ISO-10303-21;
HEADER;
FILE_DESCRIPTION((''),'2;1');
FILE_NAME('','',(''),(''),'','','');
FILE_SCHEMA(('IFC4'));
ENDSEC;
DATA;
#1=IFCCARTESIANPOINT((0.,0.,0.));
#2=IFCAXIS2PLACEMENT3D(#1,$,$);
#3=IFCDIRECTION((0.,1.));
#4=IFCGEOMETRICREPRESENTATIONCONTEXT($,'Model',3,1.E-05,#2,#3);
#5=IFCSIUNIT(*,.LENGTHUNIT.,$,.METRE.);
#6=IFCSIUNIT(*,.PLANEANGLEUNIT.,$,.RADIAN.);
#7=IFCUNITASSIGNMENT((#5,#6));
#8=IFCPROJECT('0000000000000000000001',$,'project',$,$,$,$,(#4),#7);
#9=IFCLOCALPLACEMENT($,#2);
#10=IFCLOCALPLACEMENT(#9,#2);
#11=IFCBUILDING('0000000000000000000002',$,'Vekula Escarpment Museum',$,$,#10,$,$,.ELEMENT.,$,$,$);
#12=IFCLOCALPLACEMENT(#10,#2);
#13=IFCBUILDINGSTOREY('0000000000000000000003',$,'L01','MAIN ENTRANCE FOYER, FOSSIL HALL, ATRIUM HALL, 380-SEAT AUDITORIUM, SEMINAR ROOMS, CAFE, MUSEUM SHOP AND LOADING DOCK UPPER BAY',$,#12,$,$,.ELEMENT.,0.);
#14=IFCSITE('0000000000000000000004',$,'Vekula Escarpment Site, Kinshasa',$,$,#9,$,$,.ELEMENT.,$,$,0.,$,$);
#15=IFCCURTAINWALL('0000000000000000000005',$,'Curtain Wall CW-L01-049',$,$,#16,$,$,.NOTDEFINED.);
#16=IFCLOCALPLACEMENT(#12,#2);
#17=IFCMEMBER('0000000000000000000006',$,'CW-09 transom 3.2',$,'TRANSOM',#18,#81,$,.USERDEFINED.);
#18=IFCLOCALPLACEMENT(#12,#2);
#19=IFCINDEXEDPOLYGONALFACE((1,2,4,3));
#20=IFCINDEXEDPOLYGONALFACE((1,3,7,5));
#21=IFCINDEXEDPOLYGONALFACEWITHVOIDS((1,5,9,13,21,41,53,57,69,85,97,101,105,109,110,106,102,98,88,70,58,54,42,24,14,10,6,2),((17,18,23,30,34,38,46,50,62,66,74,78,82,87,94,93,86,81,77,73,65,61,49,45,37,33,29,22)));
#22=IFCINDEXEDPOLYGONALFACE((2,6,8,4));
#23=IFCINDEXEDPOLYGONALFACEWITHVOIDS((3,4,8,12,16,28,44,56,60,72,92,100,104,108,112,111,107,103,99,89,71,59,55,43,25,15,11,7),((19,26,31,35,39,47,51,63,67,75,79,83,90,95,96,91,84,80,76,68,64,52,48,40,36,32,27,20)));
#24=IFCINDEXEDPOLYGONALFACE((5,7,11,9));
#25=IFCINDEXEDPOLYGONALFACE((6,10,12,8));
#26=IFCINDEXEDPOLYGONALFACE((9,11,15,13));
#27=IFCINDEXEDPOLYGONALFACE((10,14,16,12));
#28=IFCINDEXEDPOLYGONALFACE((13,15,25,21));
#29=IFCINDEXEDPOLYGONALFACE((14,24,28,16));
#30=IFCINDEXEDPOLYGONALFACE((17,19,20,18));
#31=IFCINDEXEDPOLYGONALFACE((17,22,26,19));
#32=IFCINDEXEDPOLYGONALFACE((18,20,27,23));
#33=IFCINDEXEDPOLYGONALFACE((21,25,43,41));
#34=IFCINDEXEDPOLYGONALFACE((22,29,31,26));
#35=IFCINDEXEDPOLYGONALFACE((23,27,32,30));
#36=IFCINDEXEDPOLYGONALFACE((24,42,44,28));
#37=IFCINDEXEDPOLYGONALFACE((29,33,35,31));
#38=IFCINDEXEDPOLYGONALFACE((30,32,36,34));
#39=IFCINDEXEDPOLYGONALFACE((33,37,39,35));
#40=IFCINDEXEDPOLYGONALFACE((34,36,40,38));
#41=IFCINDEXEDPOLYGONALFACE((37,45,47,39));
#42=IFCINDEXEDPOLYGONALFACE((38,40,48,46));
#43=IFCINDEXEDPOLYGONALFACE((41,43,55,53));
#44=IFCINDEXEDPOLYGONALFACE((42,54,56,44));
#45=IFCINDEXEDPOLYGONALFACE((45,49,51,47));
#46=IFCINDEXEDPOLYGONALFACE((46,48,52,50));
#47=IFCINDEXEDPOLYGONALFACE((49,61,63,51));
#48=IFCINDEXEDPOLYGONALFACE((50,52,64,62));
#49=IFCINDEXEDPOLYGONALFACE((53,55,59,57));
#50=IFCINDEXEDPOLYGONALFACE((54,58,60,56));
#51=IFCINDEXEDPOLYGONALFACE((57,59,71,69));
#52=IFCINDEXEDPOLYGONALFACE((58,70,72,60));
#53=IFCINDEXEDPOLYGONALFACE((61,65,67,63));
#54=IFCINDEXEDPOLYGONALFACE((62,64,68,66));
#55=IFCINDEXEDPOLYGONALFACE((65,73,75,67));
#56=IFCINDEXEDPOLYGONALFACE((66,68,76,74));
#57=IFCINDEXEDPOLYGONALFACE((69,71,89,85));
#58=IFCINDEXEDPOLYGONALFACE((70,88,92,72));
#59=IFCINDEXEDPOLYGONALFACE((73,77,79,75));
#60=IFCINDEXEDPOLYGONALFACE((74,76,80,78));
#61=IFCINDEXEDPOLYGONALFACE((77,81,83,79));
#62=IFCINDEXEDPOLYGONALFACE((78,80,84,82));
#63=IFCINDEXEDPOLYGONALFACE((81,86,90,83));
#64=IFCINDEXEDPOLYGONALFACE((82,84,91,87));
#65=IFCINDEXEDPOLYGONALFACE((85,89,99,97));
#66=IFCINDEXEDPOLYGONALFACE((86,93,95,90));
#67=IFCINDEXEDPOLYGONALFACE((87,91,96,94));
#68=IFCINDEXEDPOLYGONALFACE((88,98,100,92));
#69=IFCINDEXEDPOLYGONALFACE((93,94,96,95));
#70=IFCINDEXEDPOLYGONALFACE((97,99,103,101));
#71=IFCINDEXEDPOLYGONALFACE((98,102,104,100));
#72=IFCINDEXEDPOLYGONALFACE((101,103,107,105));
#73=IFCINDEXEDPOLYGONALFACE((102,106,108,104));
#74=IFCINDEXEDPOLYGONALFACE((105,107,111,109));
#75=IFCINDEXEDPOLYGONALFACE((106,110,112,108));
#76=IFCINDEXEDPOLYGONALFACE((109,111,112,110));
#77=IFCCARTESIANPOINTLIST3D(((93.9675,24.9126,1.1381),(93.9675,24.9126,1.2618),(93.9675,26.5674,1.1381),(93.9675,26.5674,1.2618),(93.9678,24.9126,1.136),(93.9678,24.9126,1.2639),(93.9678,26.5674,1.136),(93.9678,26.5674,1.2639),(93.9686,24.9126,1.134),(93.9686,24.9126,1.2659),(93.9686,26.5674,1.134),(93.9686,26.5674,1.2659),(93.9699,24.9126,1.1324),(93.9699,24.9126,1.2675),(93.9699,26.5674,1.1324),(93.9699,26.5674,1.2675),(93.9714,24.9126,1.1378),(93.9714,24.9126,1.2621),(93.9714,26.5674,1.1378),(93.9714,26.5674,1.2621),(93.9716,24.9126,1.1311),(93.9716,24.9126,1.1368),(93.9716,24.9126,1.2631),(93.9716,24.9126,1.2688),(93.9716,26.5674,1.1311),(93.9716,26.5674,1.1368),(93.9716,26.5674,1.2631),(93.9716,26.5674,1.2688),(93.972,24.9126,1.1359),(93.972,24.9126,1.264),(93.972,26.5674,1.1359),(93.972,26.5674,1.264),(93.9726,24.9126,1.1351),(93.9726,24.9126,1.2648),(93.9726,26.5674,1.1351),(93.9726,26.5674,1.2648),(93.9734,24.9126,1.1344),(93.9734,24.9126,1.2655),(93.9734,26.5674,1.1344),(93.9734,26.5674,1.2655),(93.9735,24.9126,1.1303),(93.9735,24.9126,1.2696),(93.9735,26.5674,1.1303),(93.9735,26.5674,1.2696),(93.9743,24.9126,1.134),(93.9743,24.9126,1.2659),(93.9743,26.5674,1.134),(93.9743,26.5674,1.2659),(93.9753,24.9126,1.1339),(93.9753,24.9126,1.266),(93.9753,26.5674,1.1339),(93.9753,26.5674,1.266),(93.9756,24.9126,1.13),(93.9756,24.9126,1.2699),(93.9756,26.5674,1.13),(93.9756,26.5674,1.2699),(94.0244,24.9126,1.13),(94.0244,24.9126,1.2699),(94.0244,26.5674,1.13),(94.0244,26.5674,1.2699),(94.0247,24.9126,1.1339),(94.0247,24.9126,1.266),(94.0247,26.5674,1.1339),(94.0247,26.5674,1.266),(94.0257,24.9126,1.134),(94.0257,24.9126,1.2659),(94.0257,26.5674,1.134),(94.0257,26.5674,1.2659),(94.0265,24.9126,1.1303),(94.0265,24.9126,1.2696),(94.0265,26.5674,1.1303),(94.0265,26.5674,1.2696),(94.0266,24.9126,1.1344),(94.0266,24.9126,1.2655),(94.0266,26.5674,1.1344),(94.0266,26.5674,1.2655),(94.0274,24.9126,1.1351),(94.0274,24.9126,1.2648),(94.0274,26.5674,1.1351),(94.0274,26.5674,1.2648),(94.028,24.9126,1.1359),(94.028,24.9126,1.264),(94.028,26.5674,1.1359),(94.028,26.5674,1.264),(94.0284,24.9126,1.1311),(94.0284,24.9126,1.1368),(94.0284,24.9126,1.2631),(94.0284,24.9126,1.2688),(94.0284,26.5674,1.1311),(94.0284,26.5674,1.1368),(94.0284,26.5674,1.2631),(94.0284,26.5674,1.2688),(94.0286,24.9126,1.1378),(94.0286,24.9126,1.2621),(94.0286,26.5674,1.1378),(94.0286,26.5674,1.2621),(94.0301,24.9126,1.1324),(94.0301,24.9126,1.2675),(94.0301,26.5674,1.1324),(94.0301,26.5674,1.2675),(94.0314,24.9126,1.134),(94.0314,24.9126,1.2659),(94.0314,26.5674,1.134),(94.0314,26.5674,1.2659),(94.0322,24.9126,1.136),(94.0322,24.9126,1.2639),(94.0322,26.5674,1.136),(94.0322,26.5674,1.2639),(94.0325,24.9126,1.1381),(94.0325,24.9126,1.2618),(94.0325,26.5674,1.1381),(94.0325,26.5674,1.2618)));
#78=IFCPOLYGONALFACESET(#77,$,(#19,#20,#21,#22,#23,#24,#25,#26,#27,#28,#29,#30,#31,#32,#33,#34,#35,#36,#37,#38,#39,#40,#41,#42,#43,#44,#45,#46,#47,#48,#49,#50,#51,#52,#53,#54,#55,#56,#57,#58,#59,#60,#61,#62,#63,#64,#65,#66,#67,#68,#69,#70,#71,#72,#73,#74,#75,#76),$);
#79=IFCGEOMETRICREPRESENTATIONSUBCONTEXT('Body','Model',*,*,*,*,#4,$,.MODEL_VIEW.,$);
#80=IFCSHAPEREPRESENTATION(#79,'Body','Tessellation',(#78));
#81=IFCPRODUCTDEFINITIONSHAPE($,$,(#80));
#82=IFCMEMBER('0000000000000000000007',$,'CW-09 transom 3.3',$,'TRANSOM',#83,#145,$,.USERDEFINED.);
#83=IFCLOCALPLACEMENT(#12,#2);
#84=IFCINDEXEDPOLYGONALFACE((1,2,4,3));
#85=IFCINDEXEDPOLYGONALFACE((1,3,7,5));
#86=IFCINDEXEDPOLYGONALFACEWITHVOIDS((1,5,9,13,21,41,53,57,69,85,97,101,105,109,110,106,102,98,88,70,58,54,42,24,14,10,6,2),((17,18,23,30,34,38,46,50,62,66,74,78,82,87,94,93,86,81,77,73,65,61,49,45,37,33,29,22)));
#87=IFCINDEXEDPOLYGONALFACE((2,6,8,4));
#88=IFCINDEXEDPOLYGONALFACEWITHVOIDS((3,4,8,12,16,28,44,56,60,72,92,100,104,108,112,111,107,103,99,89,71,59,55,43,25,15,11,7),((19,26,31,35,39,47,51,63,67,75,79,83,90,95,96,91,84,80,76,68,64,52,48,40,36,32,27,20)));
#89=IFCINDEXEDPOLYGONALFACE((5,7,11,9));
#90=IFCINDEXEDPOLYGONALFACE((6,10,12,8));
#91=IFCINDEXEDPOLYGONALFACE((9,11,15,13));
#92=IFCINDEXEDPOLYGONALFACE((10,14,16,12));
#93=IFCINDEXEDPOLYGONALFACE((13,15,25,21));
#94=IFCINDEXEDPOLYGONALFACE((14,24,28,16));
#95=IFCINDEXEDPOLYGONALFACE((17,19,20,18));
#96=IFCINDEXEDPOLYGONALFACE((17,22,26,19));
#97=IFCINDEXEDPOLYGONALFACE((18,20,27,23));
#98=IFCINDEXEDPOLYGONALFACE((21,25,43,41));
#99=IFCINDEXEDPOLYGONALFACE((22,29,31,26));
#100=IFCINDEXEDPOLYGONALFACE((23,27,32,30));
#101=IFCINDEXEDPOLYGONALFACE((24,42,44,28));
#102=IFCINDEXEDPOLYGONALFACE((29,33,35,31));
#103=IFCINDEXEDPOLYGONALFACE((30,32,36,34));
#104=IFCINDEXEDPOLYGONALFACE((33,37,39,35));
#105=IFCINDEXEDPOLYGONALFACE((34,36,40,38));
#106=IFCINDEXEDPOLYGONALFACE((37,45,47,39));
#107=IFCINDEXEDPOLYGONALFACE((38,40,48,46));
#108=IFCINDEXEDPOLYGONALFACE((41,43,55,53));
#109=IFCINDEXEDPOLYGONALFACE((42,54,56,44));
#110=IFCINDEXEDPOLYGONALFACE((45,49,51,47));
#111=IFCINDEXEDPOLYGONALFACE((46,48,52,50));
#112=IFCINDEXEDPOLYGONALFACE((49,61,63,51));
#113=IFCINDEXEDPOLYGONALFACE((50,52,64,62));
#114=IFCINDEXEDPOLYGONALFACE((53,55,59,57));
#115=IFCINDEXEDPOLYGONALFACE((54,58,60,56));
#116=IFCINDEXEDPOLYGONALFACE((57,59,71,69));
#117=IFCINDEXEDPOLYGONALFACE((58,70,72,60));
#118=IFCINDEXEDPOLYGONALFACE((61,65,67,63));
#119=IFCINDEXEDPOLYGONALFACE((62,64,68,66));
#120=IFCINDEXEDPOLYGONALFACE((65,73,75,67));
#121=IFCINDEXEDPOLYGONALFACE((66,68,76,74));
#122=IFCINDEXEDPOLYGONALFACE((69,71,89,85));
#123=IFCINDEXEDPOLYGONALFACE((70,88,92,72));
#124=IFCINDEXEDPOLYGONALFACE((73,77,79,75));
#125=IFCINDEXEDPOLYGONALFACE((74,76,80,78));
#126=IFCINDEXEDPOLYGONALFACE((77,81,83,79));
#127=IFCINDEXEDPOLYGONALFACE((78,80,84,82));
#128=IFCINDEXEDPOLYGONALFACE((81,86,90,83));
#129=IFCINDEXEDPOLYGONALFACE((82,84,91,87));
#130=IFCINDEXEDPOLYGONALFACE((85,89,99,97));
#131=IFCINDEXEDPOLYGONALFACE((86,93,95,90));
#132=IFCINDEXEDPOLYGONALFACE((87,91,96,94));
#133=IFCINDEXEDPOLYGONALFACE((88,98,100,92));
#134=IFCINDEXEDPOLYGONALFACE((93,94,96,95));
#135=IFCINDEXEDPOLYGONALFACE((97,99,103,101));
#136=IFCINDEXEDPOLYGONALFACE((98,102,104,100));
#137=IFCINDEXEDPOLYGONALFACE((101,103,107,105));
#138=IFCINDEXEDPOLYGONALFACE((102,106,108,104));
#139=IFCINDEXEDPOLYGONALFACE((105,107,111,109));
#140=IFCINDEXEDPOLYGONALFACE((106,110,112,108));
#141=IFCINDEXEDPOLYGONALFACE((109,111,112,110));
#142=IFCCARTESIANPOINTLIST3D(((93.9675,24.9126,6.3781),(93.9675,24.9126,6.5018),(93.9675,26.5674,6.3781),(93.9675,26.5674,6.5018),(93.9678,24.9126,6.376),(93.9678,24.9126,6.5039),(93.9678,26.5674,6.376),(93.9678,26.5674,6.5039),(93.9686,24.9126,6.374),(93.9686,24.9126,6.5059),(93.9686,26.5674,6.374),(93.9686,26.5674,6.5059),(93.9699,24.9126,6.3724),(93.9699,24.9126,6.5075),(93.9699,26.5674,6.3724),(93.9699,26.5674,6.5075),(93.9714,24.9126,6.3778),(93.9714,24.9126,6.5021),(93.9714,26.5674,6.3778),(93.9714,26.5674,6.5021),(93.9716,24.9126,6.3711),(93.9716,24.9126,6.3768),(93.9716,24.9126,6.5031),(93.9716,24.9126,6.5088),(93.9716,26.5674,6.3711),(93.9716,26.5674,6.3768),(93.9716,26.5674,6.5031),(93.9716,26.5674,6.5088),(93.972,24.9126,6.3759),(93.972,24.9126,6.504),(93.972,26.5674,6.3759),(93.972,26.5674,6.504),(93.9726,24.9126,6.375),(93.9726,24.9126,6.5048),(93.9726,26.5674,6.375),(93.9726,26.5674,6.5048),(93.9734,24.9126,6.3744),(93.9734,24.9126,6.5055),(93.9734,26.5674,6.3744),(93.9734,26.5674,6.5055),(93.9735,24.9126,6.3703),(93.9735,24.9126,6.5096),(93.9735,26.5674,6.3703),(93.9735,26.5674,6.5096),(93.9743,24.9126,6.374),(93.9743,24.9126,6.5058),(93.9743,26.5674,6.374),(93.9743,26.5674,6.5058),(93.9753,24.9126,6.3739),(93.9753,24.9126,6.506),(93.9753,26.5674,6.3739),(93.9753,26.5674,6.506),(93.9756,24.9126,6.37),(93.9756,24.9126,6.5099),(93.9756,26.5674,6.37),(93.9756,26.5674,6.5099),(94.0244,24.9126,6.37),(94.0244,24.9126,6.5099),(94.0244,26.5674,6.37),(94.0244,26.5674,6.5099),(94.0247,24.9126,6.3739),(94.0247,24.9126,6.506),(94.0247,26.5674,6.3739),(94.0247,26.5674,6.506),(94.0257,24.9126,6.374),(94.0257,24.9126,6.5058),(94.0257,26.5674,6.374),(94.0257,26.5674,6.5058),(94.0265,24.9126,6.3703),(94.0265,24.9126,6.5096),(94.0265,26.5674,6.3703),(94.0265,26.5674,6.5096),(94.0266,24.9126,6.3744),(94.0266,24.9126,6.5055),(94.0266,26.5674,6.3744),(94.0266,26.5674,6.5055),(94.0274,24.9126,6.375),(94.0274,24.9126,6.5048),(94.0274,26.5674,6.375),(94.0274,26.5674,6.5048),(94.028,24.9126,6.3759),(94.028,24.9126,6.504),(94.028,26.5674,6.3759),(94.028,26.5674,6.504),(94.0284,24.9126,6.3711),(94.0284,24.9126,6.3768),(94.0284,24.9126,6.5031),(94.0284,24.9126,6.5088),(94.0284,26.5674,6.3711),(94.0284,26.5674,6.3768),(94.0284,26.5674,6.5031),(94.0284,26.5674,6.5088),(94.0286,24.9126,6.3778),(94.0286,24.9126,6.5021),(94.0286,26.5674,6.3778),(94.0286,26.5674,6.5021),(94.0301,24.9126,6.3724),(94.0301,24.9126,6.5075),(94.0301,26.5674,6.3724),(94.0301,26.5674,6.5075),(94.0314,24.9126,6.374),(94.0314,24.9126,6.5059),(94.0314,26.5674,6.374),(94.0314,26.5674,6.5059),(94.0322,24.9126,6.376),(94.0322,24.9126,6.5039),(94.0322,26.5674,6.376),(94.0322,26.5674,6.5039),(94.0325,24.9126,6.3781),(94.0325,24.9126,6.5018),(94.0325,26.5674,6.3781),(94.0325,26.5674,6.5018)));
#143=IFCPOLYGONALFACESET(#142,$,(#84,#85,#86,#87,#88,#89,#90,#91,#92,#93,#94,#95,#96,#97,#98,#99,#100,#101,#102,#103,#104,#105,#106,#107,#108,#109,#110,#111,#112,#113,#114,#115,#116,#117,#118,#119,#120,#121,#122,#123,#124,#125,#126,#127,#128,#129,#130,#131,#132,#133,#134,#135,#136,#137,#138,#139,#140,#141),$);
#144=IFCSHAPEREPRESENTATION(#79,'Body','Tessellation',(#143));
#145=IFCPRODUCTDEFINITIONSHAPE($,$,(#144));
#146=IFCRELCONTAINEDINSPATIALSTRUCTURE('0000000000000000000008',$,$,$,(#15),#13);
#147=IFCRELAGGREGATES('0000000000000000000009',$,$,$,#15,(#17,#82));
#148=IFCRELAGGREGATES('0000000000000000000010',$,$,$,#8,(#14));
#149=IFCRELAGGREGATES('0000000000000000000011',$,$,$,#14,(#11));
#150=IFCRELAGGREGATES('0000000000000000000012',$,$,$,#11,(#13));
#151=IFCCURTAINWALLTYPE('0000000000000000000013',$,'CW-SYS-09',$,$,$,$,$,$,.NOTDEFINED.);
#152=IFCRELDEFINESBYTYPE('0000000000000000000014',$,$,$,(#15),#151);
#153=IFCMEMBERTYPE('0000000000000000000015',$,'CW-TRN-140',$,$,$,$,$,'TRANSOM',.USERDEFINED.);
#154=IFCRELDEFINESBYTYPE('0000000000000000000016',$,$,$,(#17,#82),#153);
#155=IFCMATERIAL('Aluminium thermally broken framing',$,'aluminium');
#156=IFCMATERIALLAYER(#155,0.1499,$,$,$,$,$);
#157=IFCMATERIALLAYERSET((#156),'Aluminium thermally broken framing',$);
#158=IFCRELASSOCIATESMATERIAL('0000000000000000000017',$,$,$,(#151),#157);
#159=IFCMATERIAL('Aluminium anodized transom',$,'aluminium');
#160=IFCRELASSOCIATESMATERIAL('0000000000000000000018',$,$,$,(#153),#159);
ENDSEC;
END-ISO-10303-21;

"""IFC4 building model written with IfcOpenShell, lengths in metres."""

from ifc_helpers import new_model, si_unit, direction, frame, origin, origin_2d, place, context, subcontext, project, spatial, hollow_rectangle, extrude, material, layer, layer_set, material_profile, profile_set, type_object, element, aggregate, save


model = new_model("IFC4")

# Units and contexts
model_context = context("Model", 3, precision=1e-05, world=origin(), true_north=direction((0.0, 1.0)))
body_context = subcontext(model_context, "Body", "Model", "MODEL_VIEW")
ifc_project = project(units=[si_unit("LENGTHUNIT", "METRE"), si_unit("PLANEANGLEUNIT", "RADIAN")], contexts=[model_context])

# Site, building, storey
site_placement = place(None, origin())
site = spatial("IfcSite", under=ifc_project, at=site_placement, Name="Vekula Escarpment Site, Kinshasa", CompositionType="ELEMENT", RefElevation=0.0)
building_placement = place(site_placement, origin())
building = spatial("IfcBuilding", under=site, at=building_placement, Name="Vekula Escarpment Museum", CompositionType="ELEMENT")
storey_placement = place(building_placement, origin())
storey = spatial("IfcBuildingStorey", under=building, at=storey_placement, Name="L01", Description="MAIN ENTRANCE FOYER, FOSSIL HALL, ATRIUM HALL, 380-SEAT AUDITORIUM, SEMINAR ROOMS, CAFE, MUSEUM SHOP AND LOADING DOCK UPPER BAY", CompositionType="ELEMENT", Elevation=0.0)

# Curtain wall, members
ifc_material_1 = material(Name="Aluminium thermally broken framing", Category="aluminium")
ifc_layer_1 = layer(ifc_material_1, 0.1499)
ifc_layer_set_1 = layer_set([ifc_layer_1], Name="Aluminium thermally broken framing")
curtain_wall_type = type_object("IfcCurtainWallType", Name="CW-SYS-09", PredefinedType="NOTDEFINED", material=ifc_layer_set_1)
curtain_wall_placement = place(storey_placement, origin())
curtain_wall = element("IfcCurtainWall", 1, at=curtain_wall_placement, inside=storey, type_object=curtain_wall_type, Name="Curtain Wall CW-L01-049", PredefinedType="NOTDEFINED")
ifc_material_2 = material(Name="Aluminium anodized transom", Category="aluminium")
ifc_material_profile_1 = material_profile(ifc_material_2, hollow_rectangle(XDim=0.0649, YDim=0.1399, WallThickness=0.0039, InnerFilletRadius=0.0039, OuterFilletRadius=0.0081, at=origin_2d()), Name="ALU 140x65x4")
ifc_profile_set_1 = profile_set([ifc_material_profile_1], Name="Aluminium anodized transom")
member_type_1 = type_object("IfcMemberType", Name="CW-TRN-140", ElementType="TRANSOM", PredefinedType="USERDEFINED", material=ifc_profile_set_1)
member_1_placement = place(storey_placement, frame((94.0, 26.5674, 1.2), z_axis=(0.0, -1.0, 0.0), x_axis=(1.0, 0.0, 0.0)))
member_1 = element("IfcMember", 2, at=member_1_placement, type_object=member_type_1, Name="CW-09 transom 3.2", ObjectType="TRANSOM", PredefinedType="USERDEFINED", context=body_context, shape_type="SweptSolid", body=[
    extrude(hollow_rectangle(XDim=0.0649, YDim=0.1399, WallThickness=0.0039, InnerFilletRadius=0.0039, OuterFilletRadius=0.0081, at=origin_2d()), origin(), (0.0, 0.0, 1.0), 1.6548),
])
member_2_placement = place(storey_placement, frame((94.0, 26.5674, 6.4399), z_axis=(0.0, -1.0, 0.0), x_axis=(1.0, 0.0, 0.0)))
member_2 = element("IfcMember", 3, at=member_2_placement, type_object=member_type_1, Name="CW-09 transom 3.3", ObjectType="TRANSOM", PredefinedType="USERDEFINED", context=body_context, shape_type="SweptSolid", body=[
    extrude(hollow_rectangle(XDim=0.0649, YDim=0.1399, WallThickness=0.0039, InnerFilletRadius=0.0039, OuterFilletRadius=0.0081, at=origin_2d()), origin(), (0.0, 0.0, 1.0), 1.6548),
])
aggregate(curtain_wall, [member_1, member_2])

save(model, "model.ifc")
